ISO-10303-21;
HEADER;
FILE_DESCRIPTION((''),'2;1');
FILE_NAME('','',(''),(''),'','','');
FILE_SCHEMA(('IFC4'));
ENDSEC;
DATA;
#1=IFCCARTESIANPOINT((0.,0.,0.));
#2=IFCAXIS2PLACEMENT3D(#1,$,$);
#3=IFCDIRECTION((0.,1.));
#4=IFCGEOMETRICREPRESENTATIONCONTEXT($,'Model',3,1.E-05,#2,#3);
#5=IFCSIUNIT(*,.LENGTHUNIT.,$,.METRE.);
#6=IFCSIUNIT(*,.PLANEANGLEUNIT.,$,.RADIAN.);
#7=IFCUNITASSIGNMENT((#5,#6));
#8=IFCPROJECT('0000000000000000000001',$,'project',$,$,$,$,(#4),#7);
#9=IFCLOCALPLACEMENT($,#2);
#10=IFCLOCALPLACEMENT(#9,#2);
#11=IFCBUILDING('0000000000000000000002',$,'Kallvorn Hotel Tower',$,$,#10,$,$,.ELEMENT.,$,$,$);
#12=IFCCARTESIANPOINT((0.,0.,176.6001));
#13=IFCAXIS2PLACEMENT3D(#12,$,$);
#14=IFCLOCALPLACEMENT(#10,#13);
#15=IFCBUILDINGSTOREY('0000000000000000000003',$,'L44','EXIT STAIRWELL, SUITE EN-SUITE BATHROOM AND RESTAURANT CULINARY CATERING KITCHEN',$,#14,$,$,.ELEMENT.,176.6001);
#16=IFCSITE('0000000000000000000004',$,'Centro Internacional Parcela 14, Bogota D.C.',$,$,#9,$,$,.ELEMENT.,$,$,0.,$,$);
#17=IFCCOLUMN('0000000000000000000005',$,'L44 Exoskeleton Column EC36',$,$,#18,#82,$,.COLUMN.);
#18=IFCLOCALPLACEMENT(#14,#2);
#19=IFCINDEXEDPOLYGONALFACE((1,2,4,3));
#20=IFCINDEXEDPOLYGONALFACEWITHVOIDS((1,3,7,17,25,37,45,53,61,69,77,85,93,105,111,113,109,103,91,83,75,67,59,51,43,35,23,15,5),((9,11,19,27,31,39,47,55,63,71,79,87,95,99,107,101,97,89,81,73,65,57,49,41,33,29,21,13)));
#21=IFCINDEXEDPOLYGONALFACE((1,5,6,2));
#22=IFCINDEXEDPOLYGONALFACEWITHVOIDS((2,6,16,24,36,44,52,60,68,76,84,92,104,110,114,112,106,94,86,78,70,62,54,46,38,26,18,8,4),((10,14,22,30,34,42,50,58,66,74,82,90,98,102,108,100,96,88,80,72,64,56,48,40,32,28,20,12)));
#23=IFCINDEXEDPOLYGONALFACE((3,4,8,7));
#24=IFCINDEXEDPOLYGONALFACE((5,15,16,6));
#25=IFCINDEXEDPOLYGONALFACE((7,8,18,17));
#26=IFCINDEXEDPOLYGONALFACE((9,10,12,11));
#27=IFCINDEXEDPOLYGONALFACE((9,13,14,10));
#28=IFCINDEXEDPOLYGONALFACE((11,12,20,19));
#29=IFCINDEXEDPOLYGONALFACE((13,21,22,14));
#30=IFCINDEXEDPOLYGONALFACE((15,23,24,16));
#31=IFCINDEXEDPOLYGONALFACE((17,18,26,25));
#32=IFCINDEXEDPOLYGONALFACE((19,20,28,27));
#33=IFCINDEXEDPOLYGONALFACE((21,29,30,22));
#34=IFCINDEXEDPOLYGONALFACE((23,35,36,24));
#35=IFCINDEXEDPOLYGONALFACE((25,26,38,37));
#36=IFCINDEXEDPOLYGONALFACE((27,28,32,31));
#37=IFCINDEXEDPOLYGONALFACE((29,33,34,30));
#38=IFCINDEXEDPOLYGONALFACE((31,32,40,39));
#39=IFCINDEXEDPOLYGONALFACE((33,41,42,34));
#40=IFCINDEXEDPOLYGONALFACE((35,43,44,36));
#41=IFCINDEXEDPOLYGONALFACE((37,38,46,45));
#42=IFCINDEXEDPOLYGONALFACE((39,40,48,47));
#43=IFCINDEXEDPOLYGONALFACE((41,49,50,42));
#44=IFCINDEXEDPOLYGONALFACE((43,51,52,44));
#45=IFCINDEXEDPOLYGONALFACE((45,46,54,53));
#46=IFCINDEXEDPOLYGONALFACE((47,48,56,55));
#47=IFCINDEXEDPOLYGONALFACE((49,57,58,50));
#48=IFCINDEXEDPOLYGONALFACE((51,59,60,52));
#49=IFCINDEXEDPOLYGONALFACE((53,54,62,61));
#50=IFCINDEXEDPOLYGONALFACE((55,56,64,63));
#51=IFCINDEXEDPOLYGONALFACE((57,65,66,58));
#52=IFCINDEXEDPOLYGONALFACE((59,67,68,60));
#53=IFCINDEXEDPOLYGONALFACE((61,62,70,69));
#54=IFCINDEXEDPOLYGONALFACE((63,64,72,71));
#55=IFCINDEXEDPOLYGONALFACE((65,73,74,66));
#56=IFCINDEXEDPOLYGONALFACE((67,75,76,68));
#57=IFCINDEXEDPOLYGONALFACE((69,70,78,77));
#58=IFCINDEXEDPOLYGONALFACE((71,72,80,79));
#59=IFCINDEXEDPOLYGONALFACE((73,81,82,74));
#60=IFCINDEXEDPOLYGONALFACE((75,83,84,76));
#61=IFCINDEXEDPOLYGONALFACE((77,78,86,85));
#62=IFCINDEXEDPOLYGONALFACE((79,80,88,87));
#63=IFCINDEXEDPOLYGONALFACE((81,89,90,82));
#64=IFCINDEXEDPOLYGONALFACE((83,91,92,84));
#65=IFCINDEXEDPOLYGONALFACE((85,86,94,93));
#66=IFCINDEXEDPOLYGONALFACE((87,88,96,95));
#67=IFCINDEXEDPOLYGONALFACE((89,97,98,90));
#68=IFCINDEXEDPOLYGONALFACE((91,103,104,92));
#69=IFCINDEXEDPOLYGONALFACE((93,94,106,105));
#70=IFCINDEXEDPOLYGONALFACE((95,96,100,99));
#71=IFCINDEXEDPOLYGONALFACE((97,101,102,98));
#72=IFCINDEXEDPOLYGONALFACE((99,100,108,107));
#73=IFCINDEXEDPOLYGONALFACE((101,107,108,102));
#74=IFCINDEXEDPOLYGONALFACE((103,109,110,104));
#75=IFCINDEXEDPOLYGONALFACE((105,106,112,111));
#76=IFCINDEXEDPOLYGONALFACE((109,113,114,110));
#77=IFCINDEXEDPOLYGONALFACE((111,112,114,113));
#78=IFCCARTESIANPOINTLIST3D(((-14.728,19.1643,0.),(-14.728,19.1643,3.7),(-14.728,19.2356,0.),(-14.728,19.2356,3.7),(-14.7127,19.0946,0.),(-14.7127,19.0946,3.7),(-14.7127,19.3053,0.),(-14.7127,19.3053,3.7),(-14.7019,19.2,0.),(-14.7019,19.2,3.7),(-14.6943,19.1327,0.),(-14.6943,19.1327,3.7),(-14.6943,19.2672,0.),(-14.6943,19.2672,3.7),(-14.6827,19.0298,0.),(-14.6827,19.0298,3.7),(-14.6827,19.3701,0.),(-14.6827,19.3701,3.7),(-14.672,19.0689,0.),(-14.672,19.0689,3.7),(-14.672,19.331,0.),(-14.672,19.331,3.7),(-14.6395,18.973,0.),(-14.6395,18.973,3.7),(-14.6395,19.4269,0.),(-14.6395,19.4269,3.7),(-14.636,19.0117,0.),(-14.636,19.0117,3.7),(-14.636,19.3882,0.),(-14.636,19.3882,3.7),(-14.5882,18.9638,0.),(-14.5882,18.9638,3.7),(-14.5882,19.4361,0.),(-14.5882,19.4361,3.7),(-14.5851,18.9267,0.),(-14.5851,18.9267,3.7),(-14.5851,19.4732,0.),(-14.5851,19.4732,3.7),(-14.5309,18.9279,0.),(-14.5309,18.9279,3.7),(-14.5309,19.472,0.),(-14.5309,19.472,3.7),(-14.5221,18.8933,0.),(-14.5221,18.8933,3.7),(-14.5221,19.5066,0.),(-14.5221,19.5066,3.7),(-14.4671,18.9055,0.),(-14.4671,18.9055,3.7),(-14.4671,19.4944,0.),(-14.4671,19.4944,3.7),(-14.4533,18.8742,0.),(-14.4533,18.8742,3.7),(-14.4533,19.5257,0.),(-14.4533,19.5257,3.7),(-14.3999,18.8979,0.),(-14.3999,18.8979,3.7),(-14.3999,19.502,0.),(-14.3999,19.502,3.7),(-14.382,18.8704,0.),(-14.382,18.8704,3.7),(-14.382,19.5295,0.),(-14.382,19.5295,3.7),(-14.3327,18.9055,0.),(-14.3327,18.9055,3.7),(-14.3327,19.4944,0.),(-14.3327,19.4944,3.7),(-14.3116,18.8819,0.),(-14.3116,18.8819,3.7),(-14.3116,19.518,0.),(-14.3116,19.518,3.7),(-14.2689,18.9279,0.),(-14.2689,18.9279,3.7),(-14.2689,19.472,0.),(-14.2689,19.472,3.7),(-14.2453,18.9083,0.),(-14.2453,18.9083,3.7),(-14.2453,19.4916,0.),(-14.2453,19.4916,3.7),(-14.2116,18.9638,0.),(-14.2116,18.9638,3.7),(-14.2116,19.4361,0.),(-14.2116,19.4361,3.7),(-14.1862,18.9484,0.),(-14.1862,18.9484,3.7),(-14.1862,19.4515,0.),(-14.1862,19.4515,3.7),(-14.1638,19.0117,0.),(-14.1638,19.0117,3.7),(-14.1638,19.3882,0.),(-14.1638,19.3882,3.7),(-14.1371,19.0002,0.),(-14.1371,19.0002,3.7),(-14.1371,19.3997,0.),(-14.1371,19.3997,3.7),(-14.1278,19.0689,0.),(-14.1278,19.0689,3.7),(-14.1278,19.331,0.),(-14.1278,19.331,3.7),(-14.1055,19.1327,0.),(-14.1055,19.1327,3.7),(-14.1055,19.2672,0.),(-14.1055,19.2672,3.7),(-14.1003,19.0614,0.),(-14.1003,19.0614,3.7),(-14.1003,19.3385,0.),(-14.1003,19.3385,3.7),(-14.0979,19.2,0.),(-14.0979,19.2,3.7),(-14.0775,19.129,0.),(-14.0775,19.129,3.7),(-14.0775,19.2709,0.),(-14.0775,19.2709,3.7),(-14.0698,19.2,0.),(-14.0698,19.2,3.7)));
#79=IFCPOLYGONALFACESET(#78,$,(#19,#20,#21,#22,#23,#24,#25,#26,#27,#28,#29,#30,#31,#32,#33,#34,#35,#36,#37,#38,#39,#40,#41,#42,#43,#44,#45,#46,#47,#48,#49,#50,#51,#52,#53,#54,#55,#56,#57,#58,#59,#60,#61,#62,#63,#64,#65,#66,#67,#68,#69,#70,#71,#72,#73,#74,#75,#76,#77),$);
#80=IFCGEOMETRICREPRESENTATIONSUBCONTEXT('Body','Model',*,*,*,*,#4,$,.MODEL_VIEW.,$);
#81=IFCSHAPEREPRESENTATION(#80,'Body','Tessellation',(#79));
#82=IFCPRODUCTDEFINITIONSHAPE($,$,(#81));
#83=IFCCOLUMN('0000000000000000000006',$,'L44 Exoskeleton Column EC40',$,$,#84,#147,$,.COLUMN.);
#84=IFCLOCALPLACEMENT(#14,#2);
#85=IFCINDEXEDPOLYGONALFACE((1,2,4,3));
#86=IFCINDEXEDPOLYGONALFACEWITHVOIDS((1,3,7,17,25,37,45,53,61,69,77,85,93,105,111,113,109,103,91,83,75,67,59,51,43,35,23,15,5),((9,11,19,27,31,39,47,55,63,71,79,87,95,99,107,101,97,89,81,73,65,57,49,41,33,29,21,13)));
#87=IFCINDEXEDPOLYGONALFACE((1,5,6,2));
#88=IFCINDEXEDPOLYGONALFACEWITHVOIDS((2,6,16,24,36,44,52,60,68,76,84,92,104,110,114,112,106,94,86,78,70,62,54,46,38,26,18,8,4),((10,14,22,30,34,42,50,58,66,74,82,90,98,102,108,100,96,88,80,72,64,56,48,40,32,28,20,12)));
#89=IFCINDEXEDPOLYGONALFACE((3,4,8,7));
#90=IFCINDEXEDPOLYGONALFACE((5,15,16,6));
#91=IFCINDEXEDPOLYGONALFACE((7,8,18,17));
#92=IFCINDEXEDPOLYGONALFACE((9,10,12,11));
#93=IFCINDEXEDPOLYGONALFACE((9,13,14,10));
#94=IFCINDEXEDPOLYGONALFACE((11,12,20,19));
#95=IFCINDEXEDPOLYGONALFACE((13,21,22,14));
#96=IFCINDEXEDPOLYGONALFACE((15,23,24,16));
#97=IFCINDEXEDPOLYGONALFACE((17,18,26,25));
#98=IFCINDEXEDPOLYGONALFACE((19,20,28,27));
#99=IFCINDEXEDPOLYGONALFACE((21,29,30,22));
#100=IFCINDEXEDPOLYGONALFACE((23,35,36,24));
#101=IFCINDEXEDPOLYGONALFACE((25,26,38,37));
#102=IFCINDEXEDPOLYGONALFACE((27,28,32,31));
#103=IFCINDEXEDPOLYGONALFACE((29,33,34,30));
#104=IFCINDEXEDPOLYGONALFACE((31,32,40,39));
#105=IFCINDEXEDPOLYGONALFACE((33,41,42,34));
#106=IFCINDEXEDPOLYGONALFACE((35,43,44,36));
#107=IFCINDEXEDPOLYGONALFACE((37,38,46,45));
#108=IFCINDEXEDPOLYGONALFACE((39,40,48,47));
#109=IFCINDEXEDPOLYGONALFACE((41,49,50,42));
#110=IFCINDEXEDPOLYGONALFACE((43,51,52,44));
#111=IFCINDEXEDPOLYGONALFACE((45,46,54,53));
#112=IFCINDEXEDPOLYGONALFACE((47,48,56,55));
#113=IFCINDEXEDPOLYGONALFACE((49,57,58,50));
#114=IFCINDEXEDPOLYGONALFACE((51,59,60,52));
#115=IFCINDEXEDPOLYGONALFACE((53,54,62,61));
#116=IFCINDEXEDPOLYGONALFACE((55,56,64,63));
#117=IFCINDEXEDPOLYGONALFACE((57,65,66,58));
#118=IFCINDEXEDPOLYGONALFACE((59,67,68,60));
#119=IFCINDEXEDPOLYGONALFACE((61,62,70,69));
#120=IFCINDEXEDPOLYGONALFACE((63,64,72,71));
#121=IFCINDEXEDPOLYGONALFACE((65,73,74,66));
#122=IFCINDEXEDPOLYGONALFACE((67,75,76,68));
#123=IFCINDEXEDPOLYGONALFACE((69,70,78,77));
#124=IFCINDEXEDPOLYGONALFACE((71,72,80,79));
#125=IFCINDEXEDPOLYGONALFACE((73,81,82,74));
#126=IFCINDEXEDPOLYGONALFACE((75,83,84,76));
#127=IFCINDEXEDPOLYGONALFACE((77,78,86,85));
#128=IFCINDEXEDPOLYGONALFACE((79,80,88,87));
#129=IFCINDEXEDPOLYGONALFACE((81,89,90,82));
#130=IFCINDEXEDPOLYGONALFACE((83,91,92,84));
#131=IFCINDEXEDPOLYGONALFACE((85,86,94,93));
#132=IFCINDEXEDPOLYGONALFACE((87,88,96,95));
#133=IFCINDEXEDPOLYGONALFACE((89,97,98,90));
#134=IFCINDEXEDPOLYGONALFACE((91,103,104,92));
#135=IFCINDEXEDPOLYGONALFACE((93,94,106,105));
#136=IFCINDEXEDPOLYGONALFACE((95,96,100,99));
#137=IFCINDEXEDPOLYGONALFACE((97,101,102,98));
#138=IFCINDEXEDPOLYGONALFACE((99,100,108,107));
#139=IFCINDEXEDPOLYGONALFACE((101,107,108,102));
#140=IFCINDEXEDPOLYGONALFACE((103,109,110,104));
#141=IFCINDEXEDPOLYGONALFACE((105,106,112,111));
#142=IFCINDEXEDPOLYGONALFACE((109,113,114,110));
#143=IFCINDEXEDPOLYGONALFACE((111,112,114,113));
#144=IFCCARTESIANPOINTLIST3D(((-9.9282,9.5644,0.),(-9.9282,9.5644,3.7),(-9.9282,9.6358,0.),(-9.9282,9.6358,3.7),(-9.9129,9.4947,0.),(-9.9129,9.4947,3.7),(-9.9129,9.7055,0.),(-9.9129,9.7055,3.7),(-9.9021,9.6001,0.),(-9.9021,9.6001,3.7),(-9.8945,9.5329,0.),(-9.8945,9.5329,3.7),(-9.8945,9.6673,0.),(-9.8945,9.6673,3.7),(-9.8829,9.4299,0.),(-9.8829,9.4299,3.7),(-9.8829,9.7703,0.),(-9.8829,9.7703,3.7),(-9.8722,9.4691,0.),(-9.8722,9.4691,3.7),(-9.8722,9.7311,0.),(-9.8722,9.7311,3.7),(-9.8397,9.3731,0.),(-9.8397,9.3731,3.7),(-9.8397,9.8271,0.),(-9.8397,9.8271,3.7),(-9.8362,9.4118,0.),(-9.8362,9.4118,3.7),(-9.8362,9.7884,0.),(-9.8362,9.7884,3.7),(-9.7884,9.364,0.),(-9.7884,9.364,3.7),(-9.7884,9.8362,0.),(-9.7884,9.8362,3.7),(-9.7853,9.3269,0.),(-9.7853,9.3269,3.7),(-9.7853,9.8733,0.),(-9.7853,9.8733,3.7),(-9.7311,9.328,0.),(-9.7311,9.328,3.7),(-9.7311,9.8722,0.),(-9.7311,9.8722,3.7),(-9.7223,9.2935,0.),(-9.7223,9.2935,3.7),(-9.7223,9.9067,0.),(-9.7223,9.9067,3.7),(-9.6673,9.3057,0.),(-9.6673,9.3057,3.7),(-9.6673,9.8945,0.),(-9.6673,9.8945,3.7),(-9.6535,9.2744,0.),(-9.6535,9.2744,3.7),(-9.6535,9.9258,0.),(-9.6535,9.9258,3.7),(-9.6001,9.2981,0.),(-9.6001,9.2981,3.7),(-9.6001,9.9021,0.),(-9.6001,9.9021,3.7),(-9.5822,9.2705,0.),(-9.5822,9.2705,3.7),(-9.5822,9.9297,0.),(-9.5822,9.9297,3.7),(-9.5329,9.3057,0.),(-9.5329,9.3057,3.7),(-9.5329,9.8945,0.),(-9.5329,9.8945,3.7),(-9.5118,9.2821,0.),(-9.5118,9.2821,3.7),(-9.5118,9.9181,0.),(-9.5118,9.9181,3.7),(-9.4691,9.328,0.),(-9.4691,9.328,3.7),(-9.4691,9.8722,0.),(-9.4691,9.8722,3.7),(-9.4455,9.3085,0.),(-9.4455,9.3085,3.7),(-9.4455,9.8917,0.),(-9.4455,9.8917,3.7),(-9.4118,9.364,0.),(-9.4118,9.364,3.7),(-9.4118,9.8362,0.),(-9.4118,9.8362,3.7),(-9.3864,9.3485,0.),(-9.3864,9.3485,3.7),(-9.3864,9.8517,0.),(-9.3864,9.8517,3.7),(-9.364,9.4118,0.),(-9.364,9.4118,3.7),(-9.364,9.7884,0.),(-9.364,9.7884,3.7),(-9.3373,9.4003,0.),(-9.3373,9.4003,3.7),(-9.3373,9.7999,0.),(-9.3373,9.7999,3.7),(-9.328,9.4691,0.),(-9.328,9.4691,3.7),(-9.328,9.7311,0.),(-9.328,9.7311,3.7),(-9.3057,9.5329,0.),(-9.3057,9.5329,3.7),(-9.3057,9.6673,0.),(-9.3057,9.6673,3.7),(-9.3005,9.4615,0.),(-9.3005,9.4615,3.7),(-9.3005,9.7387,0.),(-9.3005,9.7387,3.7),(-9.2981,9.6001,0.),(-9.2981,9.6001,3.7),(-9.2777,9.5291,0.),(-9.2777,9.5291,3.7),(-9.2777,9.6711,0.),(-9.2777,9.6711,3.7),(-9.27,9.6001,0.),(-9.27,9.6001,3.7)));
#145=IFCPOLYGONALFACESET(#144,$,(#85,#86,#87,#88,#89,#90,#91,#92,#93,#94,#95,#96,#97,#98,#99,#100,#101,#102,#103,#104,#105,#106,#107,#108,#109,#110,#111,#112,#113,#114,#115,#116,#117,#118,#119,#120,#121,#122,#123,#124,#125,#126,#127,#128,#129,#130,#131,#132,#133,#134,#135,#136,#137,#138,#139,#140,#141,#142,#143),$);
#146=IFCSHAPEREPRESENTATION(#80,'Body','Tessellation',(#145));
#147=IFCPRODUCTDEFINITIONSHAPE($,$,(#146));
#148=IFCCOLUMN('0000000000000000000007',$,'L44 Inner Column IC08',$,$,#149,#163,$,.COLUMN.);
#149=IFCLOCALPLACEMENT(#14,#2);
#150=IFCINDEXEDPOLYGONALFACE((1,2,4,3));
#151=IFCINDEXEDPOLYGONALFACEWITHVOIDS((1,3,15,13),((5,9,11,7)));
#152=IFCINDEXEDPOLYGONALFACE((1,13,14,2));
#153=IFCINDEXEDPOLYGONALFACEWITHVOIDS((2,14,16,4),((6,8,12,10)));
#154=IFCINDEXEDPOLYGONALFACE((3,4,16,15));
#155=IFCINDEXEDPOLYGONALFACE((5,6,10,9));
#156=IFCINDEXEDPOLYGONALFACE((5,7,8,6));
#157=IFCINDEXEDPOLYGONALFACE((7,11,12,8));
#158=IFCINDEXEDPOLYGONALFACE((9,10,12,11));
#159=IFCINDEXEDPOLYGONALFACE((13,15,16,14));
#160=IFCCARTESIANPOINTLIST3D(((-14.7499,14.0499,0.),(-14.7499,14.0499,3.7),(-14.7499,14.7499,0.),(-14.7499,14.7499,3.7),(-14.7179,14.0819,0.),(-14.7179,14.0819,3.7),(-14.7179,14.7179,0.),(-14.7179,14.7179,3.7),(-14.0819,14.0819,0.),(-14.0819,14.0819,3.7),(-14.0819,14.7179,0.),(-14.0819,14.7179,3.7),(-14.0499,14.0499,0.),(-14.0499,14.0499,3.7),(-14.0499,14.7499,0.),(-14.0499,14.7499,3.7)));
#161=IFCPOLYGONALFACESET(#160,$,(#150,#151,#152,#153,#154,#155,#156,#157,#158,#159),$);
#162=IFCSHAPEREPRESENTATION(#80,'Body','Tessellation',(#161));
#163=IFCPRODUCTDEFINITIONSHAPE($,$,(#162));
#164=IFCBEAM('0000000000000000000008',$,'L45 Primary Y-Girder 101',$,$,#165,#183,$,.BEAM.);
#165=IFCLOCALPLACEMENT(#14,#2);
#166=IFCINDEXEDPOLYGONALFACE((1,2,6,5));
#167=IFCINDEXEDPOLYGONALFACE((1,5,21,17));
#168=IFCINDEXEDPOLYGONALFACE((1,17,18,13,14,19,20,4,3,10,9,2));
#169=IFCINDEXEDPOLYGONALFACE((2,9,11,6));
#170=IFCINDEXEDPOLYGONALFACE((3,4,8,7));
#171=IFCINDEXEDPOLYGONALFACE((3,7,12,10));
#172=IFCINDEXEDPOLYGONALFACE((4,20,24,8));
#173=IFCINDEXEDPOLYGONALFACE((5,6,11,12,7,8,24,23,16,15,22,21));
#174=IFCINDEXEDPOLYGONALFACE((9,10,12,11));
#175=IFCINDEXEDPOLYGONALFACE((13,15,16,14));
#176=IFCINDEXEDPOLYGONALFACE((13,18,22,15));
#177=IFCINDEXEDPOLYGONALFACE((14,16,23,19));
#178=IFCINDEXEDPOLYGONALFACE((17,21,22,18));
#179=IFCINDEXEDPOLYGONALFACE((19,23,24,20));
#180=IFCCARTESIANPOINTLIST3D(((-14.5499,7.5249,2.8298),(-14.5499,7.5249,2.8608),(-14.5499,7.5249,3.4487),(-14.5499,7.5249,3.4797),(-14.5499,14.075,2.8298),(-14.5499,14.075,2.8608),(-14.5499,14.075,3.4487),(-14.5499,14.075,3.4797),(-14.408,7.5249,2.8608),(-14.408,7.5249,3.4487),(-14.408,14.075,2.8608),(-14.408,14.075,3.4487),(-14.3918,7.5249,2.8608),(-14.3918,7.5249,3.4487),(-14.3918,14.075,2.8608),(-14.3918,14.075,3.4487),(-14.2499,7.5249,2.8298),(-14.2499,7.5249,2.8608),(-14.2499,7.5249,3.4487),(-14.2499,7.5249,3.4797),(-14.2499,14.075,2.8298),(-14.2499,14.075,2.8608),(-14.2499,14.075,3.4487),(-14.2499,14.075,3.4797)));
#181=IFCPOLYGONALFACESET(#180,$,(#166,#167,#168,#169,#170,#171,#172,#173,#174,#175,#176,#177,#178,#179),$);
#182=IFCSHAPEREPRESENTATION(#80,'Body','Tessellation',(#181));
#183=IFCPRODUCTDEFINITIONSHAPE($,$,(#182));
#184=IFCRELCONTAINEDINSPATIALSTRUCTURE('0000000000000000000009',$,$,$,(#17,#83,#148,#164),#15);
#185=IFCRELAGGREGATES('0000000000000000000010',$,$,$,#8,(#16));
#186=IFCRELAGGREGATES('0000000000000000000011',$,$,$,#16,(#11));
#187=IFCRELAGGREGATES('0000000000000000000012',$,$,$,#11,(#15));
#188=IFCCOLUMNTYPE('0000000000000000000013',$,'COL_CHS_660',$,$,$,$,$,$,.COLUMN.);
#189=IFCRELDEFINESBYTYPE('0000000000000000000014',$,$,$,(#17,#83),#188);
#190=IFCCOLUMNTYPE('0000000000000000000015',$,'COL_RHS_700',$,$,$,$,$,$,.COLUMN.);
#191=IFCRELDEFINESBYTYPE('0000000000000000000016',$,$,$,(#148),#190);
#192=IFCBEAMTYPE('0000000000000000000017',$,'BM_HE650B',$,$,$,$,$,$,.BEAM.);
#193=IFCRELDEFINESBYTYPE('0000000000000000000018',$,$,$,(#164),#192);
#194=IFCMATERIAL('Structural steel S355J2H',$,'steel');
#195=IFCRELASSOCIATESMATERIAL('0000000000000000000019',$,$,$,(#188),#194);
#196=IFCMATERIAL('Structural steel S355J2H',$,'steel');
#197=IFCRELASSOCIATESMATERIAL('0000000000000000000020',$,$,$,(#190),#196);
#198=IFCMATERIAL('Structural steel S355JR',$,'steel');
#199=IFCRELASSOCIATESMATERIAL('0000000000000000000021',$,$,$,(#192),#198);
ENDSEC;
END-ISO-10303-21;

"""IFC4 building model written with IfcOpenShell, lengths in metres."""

from ifc_helpers import new_model, si_unit, direction, frame, origin, origin_2d, place, context, subcontext, project, spatial, hollow_rectangle, hollow_circle, i_section, extrude, material, material_profile, profile_set, type_object, element, save


model = new_model("IFC4")

# Units and contexts
model_context = context("Model", 3, precision=1e-05, world=origin(), true_north=direction((0.0, 1.0)))
body_context = subcontext(model_context, "Body", "Model", "MODEL_VIEW")
ifc_project = project(units=[si_unit("LENGTHUNIT", "METRE"), si_unit("PLANEANGLEUNIT", "RADIAN")], contexts=[model_context])

# Site, building, storey
site_placement = place(None, origin())
site = spatial("IfcSite", under=ifc_project, at=site_placement, Name="Centro Internacional Parcela 14, Bogota D.C.", CompositionType="ELEMENT", RefElevation=0.0)
building_placement = place(site_placement, origin())
building = spatial("IfcBuilding", under=site, at=building_placement, Name="Kallvorn Hotel Tower", CompositionType="ELEMENT")
storey_placement = place(building_placement, frame((0.0, 0.0, 176.6001)))
storey = spatial("IfcBuildingStorey", under=building, at=storey_placement, Name="L44", Description="EXIT STAIRWELL, SUITE EN-SUITE BATHROOM AND RESTAURANT CULINARY CATERING KITCHEN", CompositionType="ELEMENT", Elevation=176.6001)

# Columns
ifc_material_1 = material(Name="Structural steel S355J2H", Category="steel")
ifc_material_profile_1 = material_profile(ifc_material_1, hollow_circle(Radius=0.3301, WallThickness=0.0281, at=origin_2d()), Name="CHS 660x28")
ifc_profile_set_1 = profile_set([ifc_material_profile_1], Name="Structural steel S355J2H")
column_type_1 = type_object("IfcColumnType", Name="COL_CHS_660", PredefinedType="COLUMN", material=ifc_profile_set_1)
for number, where, z_axis, x_axis, name in (
    (1, (-14.3999, 19.2, 0.0), (0.0, 0.0, 1.0), (1.0, 0.0, 0.0), "L44 Exoskeleton Column EC36"),
    (2, (-9.6001, 9.6001, 0.0), (0.0, 0.0, 1.0), (1.0, 0.0, 0.0), "L44 Exoskeleton Column EC40"),
):
    element("IfcColumn", number, at=place(storey_placement, frame(where, z_axis=z_axis, x_axis=x_axis)), inside=storey, type_object=column_type_1, Name=name, PredefinedType="COLUMN", context=body_context, shape_type="SweptSolid", body=[
        extrude(hollow_circle(Radius=0.3301, WallThickness=0.0281, at=origin_2d()), origin(), (0.0, 0.0, 1.0), 3.7),
    ])
ifc_material_2 = material(Name="Structural steel S355J2H", Category="steel")
ifc_material_profile_2 = material_profile(ifc_material_2, hollow_rectangle(XDim=0.7, YDim=0.7, WallThickness=0.032, at=origin_2d()), Name="RHS 700x700x32")
ifc_profile_set_2 = profile_set([ifc_material_profile_2], Name="Structural steel S355J2H")
column_type_2 = type_object("IfcColumnType", Name="COL_RHS_700", PredefinedType="COLUMN", material=ifc_profile_set_2)
column_placement = place(storey_placement, frame((-14.3999, 14.3999, 0.0), z_axis=(0.0, 0.0, 1.0), x_axis=(1.0, 0.0, 0.0)))
element("IfcColumn", 3, at=column_placement, inside=storey, type_object=column_type_2, Name="L44 Inner Column IC08", PredefinedType="COLUMN", context=body_context, shape_type="SweptSolid", body=[
    extrude(hollow_rectangle(XDim=0.7, YDim=0.7, WallThickness=0.032, at=origin_2d()), origin(), (0.0, 0.0, 1.0), 3.7),
])

# Beam
ifc_material_3 = material(Name="Structural steel S355JR", Category="steel")
ifc_material_profile_3 = material_profile(ifc_material_3, i_section(OverallWidth=0.3, OverallDepth=0.6499, WebThickness=0.0161, FlangeThickness=0.031, at=origin_2d()), Name="HE 650 B")
ifc_profile_set_3 = profile_set([ifc_material_profile_3], Name="Structural steel S355JR")
beam_type_1 = type_object("IfcBeamType", Name="BM_HE650B", PredefinedType="BEAM", material=ifc_profile_set_3)
beam_1_placement = place(storey_placement, frame((-14.3999, 7.5249, 3.1548), z_axis=(0.0, 1.0, 0.0), x_axis=(-1.0, 0.0, 0.0)))
element("IfcBeam", 4, at=beam_1_placement, inside=storey, type_object=beam_type_1, Name="L45 Primary Y-Girder 101", PredefinedType="BEAM", context=body_context, shape_type="SweptSolid", body=[
    extrude(i_section(OverallWidth=0.3, OverallDepth=0.6499, WebThickness=0.0161, FlangeThickness=0.031, at=origin_2d()), origin(), (0.0, 0.0, 1.0), 6.55),
])

save(model, "model.ifc")
